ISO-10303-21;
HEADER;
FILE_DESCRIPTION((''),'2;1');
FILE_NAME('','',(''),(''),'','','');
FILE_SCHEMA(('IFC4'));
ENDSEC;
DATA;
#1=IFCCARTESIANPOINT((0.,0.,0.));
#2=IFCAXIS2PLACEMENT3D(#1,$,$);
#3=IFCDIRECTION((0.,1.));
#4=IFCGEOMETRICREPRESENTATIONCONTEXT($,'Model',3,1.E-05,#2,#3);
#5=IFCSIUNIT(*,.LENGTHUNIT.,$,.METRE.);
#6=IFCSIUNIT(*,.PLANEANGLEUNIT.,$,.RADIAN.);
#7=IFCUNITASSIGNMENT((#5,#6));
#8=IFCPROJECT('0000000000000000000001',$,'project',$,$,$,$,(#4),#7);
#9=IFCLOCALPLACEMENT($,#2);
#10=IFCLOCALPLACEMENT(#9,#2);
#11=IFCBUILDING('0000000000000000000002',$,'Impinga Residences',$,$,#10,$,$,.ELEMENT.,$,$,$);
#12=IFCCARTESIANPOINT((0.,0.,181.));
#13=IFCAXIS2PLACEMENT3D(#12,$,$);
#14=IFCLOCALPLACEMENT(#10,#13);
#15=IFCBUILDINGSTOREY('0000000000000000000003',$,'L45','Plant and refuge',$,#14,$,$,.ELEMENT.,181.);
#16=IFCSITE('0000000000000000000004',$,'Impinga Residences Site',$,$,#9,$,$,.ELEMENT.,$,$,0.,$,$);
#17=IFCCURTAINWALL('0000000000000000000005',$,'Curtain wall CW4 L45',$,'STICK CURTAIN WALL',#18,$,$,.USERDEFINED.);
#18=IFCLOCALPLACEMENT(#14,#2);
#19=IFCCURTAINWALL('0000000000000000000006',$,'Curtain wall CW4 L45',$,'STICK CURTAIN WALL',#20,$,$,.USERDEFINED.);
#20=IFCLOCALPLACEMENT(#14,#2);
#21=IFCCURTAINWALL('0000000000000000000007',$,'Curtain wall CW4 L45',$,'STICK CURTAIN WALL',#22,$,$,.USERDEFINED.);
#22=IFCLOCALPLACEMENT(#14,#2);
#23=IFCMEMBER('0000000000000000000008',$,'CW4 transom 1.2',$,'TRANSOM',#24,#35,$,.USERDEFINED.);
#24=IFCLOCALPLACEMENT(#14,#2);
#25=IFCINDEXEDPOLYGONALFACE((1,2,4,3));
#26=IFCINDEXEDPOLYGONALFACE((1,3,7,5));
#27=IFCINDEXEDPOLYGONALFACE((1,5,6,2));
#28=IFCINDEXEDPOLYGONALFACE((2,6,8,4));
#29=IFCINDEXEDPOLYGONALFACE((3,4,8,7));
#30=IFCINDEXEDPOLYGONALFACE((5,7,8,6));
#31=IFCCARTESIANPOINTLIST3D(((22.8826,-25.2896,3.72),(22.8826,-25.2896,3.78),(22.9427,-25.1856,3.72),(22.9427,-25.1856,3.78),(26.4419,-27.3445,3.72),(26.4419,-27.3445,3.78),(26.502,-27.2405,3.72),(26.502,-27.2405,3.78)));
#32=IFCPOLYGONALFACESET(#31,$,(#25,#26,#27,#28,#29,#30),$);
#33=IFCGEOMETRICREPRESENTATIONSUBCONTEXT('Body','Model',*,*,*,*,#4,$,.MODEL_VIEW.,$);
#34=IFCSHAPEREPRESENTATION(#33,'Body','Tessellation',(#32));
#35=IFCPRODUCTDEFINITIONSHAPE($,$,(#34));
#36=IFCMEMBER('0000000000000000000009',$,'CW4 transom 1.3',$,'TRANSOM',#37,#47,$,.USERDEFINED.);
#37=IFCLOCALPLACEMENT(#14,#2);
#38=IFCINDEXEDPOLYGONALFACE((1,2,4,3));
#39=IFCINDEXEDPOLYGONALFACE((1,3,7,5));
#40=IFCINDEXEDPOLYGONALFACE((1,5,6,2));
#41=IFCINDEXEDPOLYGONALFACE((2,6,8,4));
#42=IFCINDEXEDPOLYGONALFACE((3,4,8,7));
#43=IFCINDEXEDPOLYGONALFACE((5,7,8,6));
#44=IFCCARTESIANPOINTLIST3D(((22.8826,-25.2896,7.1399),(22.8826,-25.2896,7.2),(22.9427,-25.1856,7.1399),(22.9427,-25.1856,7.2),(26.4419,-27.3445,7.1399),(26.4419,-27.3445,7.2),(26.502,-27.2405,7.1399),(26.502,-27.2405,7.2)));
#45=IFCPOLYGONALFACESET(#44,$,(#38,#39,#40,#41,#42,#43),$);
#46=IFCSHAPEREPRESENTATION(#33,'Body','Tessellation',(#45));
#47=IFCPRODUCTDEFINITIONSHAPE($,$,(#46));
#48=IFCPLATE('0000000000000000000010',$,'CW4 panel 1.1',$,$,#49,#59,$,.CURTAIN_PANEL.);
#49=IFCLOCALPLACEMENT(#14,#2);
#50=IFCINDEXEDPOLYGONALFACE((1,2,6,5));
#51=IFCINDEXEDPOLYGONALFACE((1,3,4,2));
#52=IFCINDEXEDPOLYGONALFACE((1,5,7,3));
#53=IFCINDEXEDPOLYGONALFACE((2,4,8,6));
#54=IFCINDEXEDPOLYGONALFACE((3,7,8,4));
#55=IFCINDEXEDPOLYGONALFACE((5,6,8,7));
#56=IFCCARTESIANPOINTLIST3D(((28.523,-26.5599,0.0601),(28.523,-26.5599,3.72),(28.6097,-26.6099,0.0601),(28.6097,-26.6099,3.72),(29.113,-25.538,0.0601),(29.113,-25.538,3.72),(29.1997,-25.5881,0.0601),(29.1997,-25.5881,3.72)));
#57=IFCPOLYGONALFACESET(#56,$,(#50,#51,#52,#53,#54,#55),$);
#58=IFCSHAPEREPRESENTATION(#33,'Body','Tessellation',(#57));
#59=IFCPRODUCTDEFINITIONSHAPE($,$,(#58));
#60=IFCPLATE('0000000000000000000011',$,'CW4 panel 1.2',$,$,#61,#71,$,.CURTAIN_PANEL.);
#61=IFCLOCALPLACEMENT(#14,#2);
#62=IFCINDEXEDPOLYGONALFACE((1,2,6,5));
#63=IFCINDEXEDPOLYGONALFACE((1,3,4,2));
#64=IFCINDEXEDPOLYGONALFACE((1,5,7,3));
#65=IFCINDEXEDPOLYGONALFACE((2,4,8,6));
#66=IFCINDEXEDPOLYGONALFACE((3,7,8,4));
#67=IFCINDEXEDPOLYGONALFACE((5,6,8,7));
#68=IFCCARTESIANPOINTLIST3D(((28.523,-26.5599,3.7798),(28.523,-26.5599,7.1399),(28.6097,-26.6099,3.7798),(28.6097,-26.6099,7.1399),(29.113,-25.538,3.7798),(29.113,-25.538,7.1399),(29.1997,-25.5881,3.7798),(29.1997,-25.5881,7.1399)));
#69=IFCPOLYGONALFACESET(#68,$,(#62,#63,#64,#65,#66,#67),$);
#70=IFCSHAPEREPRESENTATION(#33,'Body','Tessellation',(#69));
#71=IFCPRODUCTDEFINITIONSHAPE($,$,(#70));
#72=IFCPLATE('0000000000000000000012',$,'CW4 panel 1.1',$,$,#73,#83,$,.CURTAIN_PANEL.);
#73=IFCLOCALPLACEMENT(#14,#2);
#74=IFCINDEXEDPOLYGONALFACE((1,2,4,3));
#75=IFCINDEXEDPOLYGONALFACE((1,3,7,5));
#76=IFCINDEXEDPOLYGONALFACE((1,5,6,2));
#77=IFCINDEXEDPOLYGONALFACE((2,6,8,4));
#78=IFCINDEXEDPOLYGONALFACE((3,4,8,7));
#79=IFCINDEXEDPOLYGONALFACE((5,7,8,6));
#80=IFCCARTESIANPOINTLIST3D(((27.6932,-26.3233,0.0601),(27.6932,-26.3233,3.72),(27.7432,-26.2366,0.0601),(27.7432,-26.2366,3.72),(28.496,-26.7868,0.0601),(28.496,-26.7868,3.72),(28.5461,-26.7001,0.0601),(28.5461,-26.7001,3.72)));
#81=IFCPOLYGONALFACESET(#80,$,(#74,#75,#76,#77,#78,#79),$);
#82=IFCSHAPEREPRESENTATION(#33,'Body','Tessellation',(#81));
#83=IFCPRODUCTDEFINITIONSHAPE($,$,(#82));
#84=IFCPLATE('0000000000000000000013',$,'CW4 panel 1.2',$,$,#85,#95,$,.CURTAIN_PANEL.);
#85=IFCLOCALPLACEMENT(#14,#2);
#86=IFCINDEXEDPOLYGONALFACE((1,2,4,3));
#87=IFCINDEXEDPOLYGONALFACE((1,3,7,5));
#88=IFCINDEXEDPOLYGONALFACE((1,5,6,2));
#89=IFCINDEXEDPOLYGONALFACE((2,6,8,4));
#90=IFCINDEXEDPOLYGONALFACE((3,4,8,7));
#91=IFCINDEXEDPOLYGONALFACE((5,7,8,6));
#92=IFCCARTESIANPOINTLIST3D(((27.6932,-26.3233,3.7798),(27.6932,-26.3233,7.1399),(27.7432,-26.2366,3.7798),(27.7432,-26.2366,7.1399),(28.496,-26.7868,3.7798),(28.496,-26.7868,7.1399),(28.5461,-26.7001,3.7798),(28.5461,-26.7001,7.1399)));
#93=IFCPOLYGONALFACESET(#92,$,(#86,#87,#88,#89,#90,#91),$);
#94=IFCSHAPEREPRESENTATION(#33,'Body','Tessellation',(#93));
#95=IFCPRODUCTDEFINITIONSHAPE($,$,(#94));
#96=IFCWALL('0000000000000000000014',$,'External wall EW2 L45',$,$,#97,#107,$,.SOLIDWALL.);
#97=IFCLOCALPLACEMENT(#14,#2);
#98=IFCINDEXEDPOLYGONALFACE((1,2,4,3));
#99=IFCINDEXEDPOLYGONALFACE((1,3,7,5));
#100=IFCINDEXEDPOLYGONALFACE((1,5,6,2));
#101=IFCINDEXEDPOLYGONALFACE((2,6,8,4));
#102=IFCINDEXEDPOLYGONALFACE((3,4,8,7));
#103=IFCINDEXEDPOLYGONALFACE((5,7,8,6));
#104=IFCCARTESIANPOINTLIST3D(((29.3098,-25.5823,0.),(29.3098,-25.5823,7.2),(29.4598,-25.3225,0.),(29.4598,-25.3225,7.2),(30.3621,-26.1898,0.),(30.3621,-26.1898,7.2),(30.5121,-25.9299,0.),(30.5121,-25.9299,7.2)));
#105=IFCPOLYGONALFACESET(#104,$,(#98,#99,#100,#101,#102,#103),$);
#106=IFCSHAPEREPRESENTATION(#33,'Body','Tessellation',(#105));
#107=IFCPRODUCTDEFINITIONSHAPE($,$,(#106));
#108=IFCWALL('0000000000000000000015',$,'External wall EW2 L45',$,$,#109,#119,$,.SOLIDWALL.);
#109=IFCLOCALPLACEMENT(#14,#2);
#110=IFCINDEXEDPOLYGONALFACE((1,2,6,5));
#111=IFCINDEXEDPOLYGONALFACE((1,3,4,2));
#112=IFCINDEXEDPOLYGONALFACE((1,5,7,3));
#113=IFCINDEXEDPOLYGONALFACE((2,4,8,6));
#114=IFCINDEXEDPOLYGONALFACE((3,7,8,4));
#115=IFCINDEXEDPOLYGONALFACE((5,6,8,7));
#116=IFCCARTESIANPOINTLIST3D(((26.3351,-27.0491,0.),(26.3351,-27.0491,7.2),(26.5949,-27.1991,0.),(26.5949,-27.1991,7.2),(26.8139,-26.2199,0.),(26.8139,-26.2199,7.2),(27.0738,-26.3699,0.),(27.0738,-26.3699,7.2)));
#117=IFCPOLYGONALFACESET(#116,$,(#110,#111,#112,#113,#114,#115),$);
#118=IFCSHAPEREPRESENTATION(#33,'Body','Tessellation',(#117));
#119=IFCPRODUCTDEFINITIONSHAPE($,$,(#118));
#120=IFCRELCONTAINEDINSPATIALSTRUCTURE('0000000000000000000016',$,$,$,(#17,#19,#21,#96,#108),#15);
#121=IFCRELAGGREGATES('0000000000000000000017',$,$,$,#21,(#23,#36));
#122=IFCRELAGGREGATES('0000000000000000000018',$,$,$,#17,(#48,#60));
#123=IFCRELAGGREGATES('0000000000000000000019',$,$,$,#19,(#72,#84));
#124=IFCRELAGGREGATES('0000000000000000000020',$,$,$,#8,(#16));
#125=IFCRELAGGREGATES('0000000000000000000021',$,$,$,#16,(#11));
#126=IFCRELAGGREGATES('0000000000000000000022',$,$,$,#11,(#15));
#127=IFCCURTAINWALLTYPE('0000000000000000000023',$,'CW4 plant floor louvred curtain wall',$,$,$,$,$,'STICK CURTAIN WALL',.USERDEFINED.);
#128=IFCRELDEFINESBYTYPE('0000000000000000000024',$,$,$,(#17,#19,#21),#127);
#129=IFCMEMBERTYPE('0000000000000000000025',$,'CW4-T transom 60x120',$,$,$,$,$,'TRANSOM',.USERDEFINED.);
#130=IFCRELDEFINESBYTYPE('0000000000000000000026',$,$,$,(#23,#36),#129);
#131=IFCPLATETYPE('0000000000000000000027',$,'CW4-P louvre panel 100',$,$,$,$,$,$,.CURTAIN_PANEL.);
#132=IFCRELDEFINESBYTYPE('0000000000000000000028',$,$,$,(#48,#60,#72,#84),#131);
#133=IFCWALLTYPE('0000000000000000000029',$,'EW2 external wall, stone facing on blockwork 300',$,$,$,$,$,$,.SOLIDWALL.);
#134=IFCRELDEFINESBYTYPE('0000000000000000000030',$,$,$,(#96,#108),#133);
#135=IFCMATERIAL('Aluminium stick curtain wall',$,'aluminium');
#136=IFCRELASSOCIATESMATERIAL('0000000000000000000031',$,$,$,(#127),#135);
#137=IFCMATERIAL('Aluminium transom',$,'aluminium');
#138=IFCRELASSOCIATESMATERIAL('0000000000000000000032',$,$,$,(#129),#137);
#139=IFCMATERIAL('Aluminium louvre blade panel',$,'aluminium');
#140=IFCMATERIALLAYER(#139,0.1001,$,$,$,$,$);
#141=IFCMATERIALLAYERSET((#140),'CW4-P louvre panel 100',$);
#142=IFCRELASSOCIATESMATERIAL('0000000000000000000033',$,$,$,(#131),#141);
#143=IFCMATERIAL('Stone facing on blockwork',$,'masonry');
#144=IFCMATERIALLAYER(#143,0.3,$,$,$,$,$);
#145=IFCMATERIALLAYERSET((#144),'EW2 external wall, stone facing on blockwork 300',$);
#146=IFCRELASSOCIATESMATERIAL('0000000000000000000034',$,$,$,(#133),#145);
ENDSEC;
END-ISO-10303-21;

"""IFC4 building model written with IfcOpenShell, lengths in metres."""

from ifc_helpers import new_model, si_unit, direction, frame, frame_2d, origin, origin_2d, place, context, subcontext, project, spatial, rectangle, extrude, material, layer, layer_set, material_profile, profile_set, type_object, element, aggregate, save


model = new_model("IFC4")

# Units and contexts
model_context = context("Model", 3, precision=1e-05, world=origin(), true_north=direction((0.0, 1.0)))
body_context = subcontext(model_context, "Body", "Model", "MODEL_VIEW")
ifc_project = project(units=[si_unit("LENGTHUNIT", "METRE"), si_unit("PLANEANGLEUNIT", "RADIAN")], contexts=[model_context])

# Site, building, storey
site_placement = place(None, origin())
site = spatial("IfcSite", under=ifc_project, at=site_placement, Name="Impinga Residences Site", CompositionType="ELEMENT", RefElevation=0.0)
building_placement = place(site_placement, origin())
building = spatial("IfcBuilding", under=site, at=building_placement, Name="Impinga Residences", CompositionType="ELEMENT")
storey_placement = place(building_placement, frame((0.0, 0.0, 181.0)))
storey = spatial("IfcBuildingStorey", under=building, at=storey_placement, Name="L45", Description="Plant and refuge", CompositionType="ELEMENT", Elevation=181.0)

# Curtain wall
ifc_material_1 = material(Name="Aluminium stick curtain wall", Category="aluminium")
curtain_wall_type = type_object("IfcCurtainWallType", Name="CW4 plant floor louvred curtain wall", ElementType="STICK CURTAIN WALL", PredefinedType="USERDEFINED", material=ifc_material_1)
curtain_wall_1_placement = place(storey_placement, origin())
curtain_wall_1 = element("IfcCurtainWall", 1, at=curtain_wall_1_placement, inside=storey, type_object=curtain_wall_type, Name="Curtain wall CW4 L45", ObjectType="STICK CURTAIN WALL", PredefinedType="USERDEFINED")

# Curtain wall
curtain_wall_2_placement = place(storey_placement, origin())
curtain_wall_2 = element("IfcCurtainWall", 2, at=curtain_wall_2_placement, inside=storey, type_object=curtain_wall_type, Name="Curtain wall CW4 L45", ObjectType="STICK CURTAIN WALL", PredefinedType="USERDEFINED")

# Curtain wall
curtain_wall_3_placement = place(storey_placement, origin())
curtain_wall_3 = element("IfcCurtainWall", 3, at=curtain_wall_3_placement, inside=storey, type_object=curtain_wall_type, Name="Curtain wall CW4 L45", ObjectType="STICK CURTAIN WALL", PredefinedType="USERDEFINED")

# Members
ifc_material_2 = material(Name="Aluminium transom", Category="aluminium")
ifc_material_profile_1 = material_profile(ifc_material_2, rectangle(XDim=0.0601, YDim=0.1201, at=origin_2d()), Name="60x120 transom")
ifc_profile_set_1 = profile_set([ifc_material_profile_1], Name="Aluminium transom")
member_type_1 = type_object("IfcMemberType", Name="CW4-T transom 60x120", ElementType="TRANSOM", PredefinedType="USERDEFINED", material=ifc_profile_set_1)
member_1_placement = place(storey_placement, frame((26.4719, -27.2925, 3.75), z_axis=(-0.86603, 0.499992, 0.0), x_axis=(0.0, 0.0, 1.0)))
member_1 = element("IfcMember", 4, at=member_1_placement, type_object=member_type_1, Name="CW4 transom 1.2", ObjectType="TRANSOM", PredefinedType="USERDEFINED", context=body_context, shape_type="SweptSolid", body=[
    extrude(rectangle(XDim=0.0601, YDim=0.1201, at=origin_2d()), origin(), (0.0, 0.0, 1.0), 4.1099),
])
member_2_placement = place(storey_placement, frame((26.4719, -27.2925, 7.1699), z_axis=(-0.86603, 0.499992, 0.0), x_axis=(0.0, 0.0, 1.0)))
member_2 = element("IfcMember", 5, at=member_2_placement, type_object=member_type_1, Name="CW4 transom 1.3", ObjectType="TRANSOM", PredefinedType="USERDEFINED", context=body_context, shape_type="SweptSolid", body=[
    extrude(rectangle(XDim=0.0601, YDim=0.1201, at=origin_2d()), origin(), (0.0, 0.0, 1.0), 4.1099),
])
aggregate(curtain_wall_3, [member_1, member_2])

# Plates
ifc_material_3 = material(Name="Aluminium louvre blade panel", Category="aluminium")
ifc_layer_1 = layer(ifc_material_3, 0.1001)
ifc_layer_set_1 = layer_set([ifc_layer_1], Name="CW4-P louvre panel 100")
plate_type = type_object("IfcPlateType", Name="CW4-P louvre panel 100", PredefinedType="CURTAIN_PANEL", material=ifc_layer_set_1)
plate_1_placement = place(storey_placement, frame((28.8613, -26.074, 0.0601), z_axis=(0.0, 0.0, 1.0), x_axis=(-0.5, -0.866025, 0.0)))
plate_1 = element("IfcPlate", 6, at=plate_1_placement, type_object=plate_type, Name="CW4 panel 1.1", PredefinedType="CURTAIN_PANEL", context=body_context, shape_type="SweptSolid", body=[
    extrude(rectangle(XDim=1.1799, YDim=0.1001, at=origin_2d()), origin(), (0.0, 0.0, 1.0), 3.6599),
])
plate_2_placement = place(storey_placement, frame((28.8613, -26.074, 3.7798), z_axis=(0.0, 0.0, 1.0), x_axis=(-0.5, -0.866025, 0.0)))
plate_2 = element("IfcPlate", 7, at=plate_2_placement, type_object=plate_type, Name="CW4 panel 1.2", PredefinedType="CURTAIN_PANEL", context=body_context, shape_type="SweptSolid", body=[
    extrude(rectangle(XDim=1.1799, YDim=0.1001, at=origin_2d()), origin(), (0.0, 0.0, 1.0), 3.3601),
])
aggregate(curtain_wall_1, [plate_1, plate_2])
plate_3_placement = place(storey_placement, frame((28.1196, -26.5117, 0.0601), z_axis=(0.0, 0.0, 1.0), x_axis=(-0.866025, 0.5, 0.0)))
plate_3 = element("IfcPlate", 8, at=plate_3_placement, type_object=plate_type, Name="CW4 panel 1.1", PredefinedType="CURTAIN_PANEL", context=body_context, shape_type="SweptSolid", body=[
    extrude(rectangle(XDim=0.927, YDim=0.1001, at=origin_2d()), origin(), (0.0, 0.0, 1.0), 3.6599),
])
plate_4_placement = place(storey_placement, frame((28.1196, -26.5117, 3.7798), z_axis=(0.0, 0.0, 1.0), x_axis=(-0.866025, 0.5, 0.0)))
plate_4 = element("IfcPlate", 9, at=plate_4_placement, type_object=plate_type, Name="CW4 panel 1.2", PredefinedType="CURTAIN_PANEL", context=body_context, shape_type="SweptSolid", body=[
    extrude(rectangle(XDim=0.927, YDim=0.1001, at=origin_2d()), origin(), (0.0, 0.0, 1.0), 3.3601),
])
aggregate(curtain_wall_2, [plate_3, plate_4])

# Walls
ifc_material_4 = material(Name="Stone facing on blockwork", Category="masonry")
ifc_layer_2 = layer(ifc_material_4, 0.3)
ifc_layer_set_2 = layer_set([ifc_layer_2], Name="EW2 external wall, stone facing on blockwork 300")
wall_type = type_object("IfcWallType", Name="EW2 external wall, stone facing on blockwork 300", PredefinedType="SOLIDWALL", material=ifc_layer_set_2)
wall_1_placement = place(storey_placement, frame((30.437, -26.0598, 0.0), z_axis=(0.0, 0.0, 1.0), x_axis=(-0.866058, 0.499943, 0.0)))
element("IfcWall", 10, at=wall_1_placement, inside=storey, type_object=wall_type, Name="External wall EW2 L45", PredefinedType="SOLIDWALL", context=body_context, shape_type="SweptSolid", body=[
    extrude(rectangle(XDim=1.2151, YDim=0.3, at=frame_2d((0.6074, 0.0))), origin(), (0.0, 0.0, 1.0), 7.2),
])
wall_2_placement = place(storey_placement, frame((26.9438, -26.2949, 0.0), z_axis=(0.0, 0.0, 1.0), x_axis=(-0.500061, -0.86599, 0.0)))
element("IfcWall", 11, at=wall_2_placement, inside=storey, type_object=wall_type, Name="External wall EW2 L45", PredefinedType="SOLIDWALL", context=body_context, shape_type="SweptSolid", body=[
    extrude(rectangle(XDim=0.9575, YDim=0.3, at=frame_2d((0.4788, 0.0))), origin(), (0.0, 0.0, 1.0), 7.2),
])

save(model, "model.ifc")
